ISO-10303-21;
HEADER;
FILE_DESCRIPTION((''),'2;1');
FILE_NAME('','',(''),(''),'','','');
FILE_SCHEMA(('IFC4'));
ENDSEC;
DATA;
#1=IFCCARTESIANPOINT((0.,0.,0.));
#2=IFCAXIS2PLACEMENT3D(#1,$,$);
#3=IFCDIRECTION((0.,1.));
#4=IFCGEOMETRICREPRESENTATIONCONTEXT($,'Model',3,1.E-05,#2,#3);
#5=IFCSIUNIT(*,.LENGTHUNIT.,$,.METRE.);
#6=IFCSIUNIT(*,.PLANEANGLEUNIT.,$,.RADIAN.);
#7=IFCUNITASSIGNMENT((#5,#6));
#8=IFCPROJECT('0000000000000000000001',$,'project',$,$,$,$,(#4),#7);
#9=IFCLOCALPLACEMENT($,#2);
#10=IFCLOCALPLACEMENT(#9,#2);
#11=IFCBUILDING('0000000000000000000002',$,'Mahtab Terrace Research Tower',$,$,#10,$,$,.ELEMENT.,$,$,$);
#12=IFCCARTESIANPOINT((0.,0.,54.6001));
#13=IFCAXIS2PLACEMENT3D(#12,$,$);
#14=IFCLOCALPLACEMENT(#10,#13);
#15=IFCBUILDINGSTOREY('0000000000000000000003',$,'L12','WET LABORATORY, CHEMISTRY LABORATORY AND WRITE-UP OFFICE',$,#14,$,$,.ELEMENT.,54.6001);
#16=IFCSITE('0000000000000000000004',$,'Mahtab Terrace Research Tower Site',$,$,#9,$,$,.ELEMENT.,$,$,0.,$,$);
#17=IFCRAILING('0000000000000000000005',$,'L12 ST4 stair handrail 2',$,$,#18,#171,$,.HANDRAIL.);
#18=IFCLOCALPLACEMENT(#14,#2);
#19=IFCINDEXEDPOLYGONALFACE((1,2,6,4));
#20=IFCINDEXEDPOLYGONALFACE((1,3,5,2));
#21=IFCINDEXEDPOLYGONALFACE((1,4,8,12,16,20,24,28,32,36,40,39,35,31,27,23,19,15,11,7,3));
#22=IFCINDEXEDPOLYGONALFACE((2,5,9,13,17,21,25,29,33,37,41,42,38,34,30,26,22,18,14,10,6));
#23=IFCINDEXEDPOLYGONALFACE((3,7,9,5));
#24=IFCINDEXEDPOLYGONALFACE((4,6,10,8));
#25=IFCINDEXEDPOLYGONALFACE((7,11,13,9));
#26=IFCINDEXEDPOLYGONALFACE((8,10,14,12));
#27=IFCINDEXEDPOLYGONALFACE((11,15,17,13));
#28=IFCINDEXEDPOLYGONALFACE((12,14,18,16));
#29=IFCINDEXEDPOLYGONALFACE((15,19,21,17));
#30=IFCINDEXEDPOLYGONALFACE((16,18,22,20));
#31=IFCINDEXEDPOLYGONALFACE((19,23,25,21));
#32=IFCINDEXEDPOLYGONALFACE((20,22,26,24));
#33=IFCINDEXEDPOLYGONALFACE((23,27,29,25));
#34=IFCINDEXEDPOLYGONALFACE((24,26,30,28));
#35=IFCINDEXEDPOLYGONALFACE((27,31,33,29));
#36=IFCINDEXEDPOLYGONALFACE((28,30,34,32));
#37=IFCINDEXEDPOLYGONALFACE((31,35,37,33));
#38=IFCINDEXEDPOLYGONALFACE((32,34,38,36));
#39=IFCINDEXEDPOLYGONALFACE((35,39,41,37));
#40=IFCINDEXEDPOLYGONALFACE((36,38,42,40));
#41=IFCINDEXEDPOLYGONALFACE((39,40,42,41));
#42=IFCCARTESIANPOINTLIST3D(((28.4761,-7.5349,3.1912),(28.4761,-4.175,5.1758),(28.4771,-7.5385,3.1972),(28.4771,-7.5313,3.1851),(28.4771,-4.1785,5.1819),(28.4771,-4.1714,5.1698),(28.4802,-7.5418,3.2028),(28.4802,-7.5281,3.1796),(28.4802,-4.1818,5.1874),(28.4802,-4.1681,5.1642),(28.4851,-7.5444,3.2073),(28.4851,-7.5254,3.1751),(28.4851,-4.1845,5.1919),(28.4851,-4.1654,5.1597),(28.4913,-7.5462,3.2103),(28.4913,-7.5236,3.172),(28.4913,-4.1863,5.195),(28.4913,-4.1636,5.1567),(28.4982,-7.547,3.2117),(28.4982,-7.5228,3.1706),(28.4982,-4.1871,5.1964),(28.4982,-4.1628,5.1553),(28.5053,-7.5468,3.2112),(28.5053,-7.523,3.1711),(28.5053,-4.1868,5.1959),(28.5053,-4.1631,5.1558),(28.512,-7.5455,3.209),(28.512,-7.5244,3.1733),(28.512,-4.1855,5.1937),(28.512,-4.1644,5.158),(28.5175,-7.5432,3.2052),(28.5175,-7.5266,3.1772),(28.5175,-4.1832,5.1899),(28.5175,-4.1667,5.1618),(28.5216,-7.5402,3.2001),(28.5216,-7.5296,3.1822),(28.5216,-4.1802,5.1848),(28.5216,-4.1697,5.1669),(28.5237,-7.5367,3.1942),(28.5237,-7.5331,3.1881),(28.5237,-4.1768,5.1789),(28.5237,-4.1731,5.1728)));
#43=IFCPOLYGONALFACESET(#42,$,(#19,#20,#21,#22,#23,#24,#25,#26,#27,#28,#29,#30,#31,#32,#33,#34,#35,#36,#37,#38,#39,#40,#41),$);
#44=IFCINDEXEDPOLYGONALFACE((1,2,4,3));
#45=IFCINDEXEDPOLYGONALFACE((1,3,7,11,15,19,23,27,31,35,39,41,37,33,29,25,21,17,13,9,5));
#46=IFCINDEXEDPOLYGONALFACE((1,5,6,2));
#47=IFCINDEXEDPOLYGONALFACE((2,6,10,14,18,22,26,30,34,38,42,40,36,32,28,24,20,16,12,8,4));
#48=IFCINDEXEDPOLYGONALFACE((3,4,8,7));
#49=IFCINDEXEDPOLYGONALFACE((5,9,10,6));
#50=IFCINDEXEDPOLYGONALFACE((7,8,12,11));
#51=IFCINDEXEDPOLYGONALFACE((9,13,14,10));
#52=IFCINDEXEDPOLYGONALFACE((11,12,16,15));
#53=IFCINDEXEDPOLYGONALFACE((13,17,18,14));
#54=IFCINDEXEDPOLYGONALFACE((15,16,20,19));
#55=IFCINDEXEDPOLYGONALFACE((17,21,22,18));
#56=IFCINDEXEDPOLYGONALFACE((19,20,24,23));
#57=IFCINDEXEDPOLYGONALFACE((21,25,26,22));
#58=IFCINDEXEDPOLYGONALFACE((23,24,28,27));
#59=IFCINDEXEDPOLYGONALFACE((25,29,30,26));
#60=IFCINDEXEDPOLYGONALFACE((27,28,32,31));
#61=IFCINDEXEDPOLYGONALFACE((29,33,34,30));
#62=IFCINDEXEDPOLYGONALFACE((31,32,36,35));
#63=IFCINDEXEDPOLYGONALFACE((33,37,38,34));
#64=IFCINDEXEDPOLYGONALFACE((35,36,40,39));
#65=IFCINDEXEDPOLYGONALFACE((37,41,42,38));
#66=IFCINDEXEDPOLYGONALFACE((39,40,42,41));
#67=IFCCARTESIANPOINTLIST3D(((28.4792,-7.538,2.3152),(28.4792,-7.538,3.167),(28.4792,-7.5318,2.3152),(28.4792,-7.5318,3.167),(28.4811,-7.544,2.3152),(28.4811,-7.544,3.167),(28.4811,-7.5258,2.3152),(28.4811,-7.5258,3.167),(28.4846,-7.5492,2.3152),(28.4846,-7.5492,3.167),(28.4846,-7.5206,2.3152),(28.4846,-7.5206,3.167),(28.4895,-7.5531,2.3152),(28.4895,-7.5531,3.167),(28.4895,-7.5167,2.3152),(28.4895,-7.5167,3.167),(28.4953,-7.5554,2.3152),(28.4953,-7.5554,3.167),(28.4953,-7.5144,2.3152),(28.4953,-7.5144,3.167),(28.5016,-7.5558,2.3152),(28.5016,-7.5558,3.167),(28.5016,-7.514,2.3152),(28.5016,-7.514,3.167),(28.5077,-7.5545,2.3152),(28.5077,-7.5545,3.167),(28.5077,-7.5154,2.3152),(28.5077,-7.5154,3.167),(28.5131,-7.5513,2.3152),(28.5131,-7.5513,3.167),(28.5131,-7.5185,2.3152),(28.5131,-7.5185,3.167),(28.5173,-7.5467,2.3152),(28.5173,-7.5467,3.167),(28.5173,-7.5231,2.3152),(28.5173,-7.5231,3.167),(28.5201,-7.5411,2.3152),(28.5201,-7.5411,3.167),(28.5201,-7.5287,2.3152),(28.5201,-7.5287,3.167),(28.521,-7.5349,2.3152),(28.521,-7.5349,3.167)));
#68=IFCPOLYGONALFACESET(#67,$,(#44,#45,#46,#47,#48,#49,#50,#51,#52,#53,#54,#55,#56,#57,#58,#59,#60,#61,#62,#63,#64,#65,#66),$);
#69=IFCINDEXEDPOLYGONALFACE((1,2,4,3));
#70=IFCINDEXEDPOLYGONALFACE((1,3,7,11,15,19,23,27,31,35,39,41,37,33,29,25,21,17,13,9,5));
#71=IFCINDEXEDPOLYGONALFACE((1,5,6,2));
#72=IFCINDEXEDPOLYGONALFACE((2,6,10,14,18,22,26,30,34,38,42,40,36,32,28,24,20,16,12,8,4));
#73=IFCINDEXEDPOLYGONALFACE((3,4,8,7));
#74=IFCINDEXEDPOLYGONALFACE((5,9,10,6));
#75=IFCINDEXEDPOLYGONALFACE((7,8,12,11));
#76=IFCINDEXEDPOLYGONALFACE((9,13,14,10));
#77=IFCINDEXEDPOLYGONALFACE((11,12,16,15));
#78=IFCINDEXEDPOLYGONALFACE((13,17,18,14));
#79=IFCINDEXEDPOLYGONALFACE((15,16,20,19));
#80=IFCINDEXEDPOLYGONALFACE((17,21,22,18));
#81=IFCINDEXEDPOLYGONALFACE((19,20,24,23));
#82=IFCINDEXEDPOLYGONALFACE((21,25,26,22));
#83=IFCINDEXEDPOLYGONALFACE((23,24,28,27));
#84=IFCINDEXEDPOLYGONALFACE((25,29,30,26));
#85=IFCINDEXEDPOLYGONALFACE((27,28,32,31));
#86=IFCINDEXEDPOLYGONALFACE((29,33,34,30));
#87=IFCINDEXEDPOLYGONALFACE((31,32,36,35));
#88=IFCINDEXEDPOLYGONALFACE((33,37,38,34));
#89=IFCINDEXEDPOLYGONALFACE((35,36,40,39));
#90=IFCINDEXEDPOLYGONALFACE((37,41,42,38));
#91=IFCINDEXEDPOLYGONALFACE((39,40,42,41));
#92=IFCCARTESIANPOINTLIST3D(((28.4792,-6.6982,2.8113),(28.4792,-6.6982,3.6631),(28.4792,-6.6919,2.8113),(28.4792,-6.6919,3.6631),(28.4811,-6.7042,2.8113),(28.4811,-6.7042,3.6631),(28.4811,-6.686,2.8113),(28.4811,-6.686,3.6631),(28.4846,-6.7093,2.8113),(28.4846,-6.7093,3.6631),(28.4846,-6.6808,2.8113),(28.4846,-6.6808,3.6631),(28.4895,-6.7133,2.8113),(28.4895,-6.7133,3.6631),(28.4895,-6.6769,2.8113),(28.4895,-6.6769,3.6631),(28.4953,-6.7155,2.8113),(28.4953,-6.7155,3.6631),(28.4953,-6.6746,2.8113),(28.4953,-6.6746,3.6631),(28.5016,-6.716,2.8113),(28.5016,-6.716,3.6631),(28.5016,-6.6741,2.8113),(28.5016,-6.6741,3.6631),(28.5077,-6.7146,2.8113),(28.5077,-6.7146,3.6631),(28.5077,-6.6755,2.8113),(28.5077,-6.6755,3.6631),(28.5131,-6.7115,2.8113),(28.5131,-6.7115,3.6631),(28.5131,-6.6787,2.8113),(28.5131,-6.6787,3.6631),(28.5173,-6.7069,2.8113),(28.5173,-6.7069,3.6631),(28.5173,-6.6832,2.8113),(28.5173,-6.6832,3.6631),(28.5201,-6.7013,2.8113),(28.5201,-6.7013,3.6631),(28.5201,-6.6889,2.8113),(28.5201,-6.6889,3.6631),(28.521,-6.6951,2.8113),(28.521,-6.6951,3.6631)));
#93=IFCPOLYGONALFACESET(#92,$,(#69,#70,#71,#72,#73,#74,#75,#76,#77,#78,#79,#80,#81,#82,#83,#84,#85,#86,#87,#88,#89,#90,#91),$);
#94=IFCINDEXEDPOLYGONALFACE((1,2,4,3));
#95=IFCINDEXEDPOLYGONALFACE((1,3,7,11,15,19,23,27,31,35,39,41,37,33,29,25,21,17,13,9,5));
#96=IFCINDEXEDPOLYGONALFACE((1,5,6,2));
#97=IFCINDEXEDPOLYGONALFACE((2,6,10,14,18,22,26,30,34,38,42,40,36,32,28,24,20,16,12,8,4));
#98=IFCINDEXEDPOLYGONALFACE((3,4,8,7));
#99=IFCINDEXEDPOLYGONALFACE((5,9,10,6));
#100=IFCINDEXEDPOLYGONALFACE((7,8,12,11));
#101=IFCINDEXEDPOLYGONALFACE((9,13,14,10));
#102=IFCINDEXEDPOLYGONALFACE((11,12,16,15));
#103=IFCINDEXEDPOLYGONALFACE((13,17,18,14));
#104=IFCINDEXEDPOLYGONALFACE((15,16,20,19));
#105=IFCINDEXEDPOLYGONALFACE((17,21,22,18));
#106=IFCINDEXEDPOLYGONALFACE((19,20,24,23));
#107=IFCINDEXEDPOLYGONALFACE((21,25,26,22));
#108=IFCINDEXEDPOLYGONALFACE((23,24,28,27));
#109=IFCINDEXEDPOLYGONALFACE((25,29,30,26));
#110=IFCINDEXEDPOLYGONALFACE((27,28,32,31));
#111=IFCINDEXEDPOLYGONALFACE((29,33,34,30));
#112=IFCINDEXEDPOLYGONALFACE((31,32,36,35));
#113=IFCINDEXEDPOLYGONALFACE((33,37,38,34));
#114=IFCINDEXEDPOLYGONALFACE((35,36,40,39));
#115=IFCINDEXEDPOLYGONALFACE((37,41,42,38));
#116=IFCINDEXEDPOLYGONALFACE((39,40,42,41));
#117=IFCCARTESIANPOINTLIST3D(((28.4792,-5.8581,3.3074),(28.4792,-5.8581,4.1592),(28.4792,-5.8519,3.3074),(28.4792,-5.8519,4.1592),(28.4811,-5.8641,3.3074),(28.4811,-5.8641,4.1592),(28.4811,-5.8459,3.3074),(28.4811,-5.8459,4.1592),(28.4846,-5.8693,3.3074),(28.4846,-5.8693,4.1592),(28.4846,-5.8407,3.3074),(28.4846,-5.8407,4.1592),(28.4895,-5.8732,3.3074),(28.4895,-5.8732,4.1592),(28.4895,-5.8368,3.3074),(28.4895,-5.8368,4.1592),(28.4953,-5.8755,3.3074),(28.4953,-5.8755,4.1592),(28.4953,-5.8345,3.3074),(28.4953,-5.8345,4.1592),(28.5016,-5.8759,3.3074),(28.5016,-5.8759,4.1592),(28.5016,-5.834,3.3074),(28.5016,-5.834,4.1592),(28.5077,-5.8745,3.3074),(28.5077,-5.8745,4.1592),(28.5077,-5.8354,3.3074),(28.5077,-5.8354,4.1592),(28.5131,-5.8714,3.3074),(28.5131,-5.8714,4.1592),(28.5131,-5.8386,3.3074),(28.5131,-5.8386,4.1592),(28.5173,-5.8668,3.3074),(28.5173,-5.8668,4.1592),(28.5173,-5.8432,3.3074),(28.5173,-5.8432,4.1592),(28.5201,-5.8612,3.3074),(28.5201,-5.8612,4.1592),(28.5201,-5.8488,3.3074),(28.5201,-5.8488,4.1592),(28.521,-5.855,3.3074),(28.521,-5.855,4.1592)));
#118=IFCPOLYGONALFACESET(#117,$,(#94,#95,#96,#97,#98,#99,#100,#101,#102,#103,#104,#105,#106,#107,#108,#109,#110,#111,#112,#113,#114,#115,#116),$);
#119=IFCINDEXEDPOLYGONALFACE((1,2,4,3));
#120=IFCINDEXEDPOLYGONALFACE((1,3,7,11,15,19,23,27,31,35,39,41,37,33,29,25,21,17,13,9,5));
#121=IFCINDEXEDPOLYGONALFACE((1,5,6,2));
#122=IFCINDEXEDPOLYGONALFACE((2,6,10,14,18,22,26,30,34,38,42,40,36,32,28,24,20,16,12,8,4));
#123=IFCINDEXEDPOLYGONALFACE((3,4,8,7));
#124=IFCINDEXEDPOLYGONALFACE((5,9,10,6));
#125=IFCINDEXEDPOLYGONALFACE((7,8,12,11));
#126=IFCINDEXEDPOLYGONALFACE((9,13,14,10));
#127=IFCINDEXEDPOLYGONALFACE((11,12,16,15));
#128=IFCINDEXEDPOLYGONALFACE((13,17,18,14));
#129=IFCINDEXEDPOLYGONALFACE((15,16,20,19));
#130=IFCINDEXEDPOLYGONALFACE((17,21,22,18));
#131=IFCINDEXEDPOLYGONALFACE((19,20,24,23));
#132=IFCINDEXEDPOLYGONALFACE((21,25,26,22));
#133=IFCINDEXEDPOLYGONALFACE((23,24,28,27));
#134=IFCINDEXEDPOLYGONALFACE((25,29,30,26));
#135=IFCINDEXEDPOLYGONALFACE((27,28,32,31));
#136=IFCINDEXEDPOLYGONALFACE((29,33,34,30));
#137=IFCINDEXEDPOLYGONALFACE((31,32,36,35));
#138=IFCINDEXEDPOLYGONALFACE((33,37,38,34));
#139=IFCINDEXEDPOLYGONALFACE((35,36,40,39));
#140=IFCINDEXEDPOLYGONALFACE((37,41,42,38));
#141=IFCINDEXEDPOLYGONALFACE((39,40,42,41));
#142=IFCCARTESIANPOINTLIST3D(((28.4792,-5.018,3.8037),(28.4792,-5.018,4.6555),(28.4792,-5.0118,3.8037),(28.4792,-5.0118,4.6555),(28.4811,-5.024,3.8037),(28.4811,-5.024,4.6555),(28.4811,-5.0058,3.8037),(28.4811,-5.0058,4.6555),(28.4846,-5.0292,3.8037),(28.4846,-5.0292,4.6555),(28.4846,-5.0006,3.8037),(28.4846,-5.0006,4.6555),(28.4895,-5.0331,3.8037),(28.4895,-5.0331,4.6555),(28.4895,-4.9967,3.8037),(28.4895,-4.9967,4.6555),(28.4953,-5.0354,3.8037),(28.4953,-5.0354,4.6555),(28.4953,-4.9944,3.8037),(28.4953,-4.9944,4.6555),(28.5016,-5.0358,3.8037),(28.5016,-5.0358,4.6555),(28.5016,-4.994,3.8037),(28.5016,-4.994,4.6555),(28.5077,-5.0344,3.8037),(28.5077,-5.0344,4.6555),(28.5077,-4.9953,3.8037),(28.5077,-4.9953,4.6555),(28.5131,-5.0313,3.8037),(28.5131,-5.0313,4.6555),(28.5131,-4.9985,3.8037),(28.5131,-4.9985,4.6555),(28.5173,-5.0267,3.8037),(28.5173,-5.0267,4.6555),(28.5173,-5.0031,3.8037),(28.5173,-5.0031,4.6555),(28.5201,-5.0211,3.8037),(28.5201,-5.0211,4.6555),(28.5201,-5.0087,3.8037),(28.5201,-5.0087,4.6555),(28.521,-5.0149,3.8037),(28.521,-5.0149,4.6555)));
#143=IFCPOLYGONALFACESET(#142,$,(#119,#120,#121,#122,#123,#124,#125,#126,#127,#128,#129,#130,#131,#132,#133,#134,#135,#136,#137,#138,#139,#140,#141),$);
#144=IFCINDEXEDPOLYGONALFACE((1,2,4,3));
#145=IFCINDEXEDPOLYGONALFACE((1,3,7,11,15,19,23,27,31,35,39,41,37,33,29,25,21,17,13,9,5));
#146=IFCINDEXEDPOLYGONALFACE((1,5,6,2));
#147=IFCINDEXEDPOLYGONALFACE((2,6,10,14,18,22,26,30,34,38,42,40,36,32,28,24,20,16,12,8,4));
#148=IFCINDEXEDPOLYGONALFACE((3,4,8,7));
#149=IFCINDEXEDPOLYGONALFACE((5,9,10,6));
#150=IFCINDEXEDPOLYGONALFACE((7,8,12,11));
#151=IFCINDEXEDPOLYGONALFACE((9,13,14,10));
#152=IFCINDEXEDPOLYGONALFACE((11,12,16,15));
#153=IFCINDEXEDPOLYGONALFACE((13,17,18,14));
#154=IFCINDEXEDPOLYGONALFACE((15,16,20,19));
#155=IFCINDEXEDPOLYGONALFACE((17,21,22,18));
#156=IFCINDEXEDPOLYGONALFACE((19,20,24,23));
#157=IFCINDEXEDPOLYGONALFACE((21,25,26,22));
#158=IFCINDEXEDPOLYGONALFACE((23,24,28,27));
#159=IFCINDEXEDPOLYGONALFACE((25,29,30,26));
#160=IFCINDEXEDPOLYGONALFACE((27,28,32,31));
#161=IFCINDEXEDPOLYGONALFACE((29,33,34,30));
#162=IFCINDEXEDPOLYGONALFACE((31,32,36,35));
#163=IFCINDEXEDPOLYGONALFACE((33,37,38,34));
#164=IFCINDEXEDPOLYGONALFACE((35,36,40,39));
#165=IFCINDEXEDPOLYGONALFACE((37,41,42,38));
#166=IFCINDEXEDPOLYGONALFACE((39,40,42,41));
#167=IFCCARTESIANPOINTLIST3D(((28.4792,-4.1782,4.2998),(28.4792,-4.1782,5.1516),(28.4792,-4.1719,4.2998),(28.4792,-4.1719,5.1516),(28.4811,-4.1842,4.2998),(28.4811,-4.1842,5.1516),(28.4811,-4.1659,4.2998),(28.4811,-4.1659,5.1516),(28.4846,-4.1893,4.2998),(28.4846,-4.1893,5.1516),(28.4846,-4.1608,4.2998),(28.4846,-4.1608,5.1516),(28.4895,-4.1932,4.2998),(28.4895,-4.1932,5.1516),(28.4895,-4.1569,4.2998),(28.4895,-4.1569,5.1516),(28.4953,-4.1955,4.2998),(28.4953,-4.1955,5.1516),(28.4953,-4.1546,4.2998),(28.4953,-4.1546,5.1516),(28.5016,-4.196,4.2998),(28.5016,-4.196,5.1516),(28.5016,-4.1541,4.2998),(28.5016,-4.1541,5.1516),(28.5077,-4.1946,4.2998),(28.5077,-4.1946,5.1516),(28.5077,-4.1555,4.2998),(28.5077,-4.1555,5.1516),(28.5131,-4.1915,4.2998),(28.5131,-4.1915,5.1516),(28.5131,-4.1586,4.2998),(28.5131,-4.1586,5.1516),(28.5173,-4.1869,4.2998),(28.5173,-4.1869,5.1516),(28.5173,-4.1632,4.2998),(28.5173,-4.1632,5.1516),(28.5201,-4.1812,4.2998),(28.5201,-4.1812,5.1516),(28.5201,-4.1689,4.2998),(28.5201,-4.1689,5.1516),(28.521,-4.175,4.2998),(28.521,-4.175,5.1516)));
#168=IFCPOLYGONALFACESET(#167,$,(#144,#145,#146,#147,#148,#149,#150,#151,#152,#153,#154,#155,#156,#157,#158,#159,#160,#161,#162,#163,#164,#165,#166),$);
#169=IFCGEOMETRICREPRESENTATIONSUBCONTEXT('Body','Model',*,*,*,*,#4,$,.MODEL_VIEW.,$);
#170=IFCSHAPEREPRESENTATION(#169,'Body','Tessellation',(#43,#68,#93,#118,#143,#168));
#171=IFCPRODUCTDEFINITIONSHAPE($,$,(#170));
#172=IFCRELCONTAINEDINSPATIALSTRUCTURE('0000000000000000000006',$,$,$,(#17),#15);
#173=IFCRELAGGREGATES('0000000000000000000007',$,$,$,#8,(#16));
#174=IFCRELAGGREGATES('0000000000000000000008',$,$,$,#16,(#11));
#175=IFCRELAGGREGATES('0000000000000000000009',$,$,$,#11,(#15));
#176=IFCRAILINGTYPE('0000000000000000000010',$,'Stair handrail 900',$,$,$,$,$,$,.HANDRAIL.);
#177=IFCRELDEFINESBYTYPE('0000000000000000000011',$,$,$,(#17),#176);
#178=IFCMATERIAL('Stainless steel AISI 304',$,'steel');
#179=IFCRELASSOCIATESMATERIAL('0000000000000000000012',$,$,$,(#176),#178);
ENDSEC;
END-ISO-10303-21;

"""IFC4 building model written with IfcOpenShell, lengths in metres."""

from ifc_helpers import new_model, si_unit, direction, frame, origin, origin_2d, place, context, subcontext, project, spatial, circle, extrude, material, type_object, element, save


model = new_model("IFC4")

# Units and contexts
model_context = context("Model", 3, precision=1e-05, world=origin(), true_north=direction((0.0, 1.0)))
body_context = subcontext(model_context, "Body", "Model", "MODEL_VIEW")
ifc_project = project(units=[si_unit("LENGTHUNIT", "METRE"), si_unit("PLANEANGLEUNIT", "RADIAN")], contexts=[model_context])

# Site, building, storey
site_placement = place(None, origin())
site = spatial("IfcSite", under=ifc_project, at=site_placement, Name="Mahtab Terrace Research Tower Site", CompositionType="ELEMENT", RefElevation=0.0)
building_placement = place(site_placement, origin())
building = spatial("IfcBuilding", under=site, at=building_placement, Name="Mahtab Terrace Research Tower", CompositionType="ELEMENT")
storey_placement = place(building_placement, frame((0.0, 0.0, 54.6001)))
storey = spatial("IfcBuildingStorey", under=building, at=storey_placement, Name="L12", Description="WET LABORATORY, CHEMISTRY LABORATORY AND WRITE-UP OFFICE", CompositionType="ELEMENT", Elevation=54.6001)

# Railing
ifc_material_1 = material(Name="Stainless steel AISI 304", Category="steel")
railing_type_1 = type_object("IfcRailingType", Name="Stair handrail 900", PredefinedType="HANDRAIL", material=ifc_material_1)
railing_1_placement = place(storey_placement, frame((28.5, -7.5349, 2.3152)))
element("IfcRailing", 1, at=railing_1_placement, inside=storey, type_object=railing_type_1, Name="L12 ST4 stair handrail 2", PredefinedType="HANDRAIL", context=body_context, shape_type="SweptSolid", body=[
    extrude(circle(Radius=0.0239, at=origin_2d()), frame((0.0, 0.0, 0.876), z_axis=(0.0, 0.861011, 0.508586), x_axis=(-1.0, 0.0, 0.0)), (0.0, 0.0, 1.0), 3.9023),
    extrude(circle(Radius=0.021, at=origin_2d()), origin(), (0.0, 0.0, 1.0), 0.8518),
    extrude(circle(Radius=0.021, at=origin_2d()), frame((0.0, 0.8398, 0.4961)), (0.0, 0.0, 1.0), 0.8518),
    extrude(circle(Radius=0.021, at=origin_2d()), frame((0.0, 1.6799, 0.9922)), (0.0, 0.0, 1.0), 0.8518),
    extrude(circle(Radius=0.021, at=origin_2d()), frame((0.0, 2.52, 1.4885)), (0.0, 0.0, 1.0), 0.8518),
    extrude(circle(Radius=0.021, at=origin_2d()), frame((0.0, 3.3599, 1.9846)), (0.0, 0.0, 1.0), 0.8518),
])

save(model, "model.ifc")
